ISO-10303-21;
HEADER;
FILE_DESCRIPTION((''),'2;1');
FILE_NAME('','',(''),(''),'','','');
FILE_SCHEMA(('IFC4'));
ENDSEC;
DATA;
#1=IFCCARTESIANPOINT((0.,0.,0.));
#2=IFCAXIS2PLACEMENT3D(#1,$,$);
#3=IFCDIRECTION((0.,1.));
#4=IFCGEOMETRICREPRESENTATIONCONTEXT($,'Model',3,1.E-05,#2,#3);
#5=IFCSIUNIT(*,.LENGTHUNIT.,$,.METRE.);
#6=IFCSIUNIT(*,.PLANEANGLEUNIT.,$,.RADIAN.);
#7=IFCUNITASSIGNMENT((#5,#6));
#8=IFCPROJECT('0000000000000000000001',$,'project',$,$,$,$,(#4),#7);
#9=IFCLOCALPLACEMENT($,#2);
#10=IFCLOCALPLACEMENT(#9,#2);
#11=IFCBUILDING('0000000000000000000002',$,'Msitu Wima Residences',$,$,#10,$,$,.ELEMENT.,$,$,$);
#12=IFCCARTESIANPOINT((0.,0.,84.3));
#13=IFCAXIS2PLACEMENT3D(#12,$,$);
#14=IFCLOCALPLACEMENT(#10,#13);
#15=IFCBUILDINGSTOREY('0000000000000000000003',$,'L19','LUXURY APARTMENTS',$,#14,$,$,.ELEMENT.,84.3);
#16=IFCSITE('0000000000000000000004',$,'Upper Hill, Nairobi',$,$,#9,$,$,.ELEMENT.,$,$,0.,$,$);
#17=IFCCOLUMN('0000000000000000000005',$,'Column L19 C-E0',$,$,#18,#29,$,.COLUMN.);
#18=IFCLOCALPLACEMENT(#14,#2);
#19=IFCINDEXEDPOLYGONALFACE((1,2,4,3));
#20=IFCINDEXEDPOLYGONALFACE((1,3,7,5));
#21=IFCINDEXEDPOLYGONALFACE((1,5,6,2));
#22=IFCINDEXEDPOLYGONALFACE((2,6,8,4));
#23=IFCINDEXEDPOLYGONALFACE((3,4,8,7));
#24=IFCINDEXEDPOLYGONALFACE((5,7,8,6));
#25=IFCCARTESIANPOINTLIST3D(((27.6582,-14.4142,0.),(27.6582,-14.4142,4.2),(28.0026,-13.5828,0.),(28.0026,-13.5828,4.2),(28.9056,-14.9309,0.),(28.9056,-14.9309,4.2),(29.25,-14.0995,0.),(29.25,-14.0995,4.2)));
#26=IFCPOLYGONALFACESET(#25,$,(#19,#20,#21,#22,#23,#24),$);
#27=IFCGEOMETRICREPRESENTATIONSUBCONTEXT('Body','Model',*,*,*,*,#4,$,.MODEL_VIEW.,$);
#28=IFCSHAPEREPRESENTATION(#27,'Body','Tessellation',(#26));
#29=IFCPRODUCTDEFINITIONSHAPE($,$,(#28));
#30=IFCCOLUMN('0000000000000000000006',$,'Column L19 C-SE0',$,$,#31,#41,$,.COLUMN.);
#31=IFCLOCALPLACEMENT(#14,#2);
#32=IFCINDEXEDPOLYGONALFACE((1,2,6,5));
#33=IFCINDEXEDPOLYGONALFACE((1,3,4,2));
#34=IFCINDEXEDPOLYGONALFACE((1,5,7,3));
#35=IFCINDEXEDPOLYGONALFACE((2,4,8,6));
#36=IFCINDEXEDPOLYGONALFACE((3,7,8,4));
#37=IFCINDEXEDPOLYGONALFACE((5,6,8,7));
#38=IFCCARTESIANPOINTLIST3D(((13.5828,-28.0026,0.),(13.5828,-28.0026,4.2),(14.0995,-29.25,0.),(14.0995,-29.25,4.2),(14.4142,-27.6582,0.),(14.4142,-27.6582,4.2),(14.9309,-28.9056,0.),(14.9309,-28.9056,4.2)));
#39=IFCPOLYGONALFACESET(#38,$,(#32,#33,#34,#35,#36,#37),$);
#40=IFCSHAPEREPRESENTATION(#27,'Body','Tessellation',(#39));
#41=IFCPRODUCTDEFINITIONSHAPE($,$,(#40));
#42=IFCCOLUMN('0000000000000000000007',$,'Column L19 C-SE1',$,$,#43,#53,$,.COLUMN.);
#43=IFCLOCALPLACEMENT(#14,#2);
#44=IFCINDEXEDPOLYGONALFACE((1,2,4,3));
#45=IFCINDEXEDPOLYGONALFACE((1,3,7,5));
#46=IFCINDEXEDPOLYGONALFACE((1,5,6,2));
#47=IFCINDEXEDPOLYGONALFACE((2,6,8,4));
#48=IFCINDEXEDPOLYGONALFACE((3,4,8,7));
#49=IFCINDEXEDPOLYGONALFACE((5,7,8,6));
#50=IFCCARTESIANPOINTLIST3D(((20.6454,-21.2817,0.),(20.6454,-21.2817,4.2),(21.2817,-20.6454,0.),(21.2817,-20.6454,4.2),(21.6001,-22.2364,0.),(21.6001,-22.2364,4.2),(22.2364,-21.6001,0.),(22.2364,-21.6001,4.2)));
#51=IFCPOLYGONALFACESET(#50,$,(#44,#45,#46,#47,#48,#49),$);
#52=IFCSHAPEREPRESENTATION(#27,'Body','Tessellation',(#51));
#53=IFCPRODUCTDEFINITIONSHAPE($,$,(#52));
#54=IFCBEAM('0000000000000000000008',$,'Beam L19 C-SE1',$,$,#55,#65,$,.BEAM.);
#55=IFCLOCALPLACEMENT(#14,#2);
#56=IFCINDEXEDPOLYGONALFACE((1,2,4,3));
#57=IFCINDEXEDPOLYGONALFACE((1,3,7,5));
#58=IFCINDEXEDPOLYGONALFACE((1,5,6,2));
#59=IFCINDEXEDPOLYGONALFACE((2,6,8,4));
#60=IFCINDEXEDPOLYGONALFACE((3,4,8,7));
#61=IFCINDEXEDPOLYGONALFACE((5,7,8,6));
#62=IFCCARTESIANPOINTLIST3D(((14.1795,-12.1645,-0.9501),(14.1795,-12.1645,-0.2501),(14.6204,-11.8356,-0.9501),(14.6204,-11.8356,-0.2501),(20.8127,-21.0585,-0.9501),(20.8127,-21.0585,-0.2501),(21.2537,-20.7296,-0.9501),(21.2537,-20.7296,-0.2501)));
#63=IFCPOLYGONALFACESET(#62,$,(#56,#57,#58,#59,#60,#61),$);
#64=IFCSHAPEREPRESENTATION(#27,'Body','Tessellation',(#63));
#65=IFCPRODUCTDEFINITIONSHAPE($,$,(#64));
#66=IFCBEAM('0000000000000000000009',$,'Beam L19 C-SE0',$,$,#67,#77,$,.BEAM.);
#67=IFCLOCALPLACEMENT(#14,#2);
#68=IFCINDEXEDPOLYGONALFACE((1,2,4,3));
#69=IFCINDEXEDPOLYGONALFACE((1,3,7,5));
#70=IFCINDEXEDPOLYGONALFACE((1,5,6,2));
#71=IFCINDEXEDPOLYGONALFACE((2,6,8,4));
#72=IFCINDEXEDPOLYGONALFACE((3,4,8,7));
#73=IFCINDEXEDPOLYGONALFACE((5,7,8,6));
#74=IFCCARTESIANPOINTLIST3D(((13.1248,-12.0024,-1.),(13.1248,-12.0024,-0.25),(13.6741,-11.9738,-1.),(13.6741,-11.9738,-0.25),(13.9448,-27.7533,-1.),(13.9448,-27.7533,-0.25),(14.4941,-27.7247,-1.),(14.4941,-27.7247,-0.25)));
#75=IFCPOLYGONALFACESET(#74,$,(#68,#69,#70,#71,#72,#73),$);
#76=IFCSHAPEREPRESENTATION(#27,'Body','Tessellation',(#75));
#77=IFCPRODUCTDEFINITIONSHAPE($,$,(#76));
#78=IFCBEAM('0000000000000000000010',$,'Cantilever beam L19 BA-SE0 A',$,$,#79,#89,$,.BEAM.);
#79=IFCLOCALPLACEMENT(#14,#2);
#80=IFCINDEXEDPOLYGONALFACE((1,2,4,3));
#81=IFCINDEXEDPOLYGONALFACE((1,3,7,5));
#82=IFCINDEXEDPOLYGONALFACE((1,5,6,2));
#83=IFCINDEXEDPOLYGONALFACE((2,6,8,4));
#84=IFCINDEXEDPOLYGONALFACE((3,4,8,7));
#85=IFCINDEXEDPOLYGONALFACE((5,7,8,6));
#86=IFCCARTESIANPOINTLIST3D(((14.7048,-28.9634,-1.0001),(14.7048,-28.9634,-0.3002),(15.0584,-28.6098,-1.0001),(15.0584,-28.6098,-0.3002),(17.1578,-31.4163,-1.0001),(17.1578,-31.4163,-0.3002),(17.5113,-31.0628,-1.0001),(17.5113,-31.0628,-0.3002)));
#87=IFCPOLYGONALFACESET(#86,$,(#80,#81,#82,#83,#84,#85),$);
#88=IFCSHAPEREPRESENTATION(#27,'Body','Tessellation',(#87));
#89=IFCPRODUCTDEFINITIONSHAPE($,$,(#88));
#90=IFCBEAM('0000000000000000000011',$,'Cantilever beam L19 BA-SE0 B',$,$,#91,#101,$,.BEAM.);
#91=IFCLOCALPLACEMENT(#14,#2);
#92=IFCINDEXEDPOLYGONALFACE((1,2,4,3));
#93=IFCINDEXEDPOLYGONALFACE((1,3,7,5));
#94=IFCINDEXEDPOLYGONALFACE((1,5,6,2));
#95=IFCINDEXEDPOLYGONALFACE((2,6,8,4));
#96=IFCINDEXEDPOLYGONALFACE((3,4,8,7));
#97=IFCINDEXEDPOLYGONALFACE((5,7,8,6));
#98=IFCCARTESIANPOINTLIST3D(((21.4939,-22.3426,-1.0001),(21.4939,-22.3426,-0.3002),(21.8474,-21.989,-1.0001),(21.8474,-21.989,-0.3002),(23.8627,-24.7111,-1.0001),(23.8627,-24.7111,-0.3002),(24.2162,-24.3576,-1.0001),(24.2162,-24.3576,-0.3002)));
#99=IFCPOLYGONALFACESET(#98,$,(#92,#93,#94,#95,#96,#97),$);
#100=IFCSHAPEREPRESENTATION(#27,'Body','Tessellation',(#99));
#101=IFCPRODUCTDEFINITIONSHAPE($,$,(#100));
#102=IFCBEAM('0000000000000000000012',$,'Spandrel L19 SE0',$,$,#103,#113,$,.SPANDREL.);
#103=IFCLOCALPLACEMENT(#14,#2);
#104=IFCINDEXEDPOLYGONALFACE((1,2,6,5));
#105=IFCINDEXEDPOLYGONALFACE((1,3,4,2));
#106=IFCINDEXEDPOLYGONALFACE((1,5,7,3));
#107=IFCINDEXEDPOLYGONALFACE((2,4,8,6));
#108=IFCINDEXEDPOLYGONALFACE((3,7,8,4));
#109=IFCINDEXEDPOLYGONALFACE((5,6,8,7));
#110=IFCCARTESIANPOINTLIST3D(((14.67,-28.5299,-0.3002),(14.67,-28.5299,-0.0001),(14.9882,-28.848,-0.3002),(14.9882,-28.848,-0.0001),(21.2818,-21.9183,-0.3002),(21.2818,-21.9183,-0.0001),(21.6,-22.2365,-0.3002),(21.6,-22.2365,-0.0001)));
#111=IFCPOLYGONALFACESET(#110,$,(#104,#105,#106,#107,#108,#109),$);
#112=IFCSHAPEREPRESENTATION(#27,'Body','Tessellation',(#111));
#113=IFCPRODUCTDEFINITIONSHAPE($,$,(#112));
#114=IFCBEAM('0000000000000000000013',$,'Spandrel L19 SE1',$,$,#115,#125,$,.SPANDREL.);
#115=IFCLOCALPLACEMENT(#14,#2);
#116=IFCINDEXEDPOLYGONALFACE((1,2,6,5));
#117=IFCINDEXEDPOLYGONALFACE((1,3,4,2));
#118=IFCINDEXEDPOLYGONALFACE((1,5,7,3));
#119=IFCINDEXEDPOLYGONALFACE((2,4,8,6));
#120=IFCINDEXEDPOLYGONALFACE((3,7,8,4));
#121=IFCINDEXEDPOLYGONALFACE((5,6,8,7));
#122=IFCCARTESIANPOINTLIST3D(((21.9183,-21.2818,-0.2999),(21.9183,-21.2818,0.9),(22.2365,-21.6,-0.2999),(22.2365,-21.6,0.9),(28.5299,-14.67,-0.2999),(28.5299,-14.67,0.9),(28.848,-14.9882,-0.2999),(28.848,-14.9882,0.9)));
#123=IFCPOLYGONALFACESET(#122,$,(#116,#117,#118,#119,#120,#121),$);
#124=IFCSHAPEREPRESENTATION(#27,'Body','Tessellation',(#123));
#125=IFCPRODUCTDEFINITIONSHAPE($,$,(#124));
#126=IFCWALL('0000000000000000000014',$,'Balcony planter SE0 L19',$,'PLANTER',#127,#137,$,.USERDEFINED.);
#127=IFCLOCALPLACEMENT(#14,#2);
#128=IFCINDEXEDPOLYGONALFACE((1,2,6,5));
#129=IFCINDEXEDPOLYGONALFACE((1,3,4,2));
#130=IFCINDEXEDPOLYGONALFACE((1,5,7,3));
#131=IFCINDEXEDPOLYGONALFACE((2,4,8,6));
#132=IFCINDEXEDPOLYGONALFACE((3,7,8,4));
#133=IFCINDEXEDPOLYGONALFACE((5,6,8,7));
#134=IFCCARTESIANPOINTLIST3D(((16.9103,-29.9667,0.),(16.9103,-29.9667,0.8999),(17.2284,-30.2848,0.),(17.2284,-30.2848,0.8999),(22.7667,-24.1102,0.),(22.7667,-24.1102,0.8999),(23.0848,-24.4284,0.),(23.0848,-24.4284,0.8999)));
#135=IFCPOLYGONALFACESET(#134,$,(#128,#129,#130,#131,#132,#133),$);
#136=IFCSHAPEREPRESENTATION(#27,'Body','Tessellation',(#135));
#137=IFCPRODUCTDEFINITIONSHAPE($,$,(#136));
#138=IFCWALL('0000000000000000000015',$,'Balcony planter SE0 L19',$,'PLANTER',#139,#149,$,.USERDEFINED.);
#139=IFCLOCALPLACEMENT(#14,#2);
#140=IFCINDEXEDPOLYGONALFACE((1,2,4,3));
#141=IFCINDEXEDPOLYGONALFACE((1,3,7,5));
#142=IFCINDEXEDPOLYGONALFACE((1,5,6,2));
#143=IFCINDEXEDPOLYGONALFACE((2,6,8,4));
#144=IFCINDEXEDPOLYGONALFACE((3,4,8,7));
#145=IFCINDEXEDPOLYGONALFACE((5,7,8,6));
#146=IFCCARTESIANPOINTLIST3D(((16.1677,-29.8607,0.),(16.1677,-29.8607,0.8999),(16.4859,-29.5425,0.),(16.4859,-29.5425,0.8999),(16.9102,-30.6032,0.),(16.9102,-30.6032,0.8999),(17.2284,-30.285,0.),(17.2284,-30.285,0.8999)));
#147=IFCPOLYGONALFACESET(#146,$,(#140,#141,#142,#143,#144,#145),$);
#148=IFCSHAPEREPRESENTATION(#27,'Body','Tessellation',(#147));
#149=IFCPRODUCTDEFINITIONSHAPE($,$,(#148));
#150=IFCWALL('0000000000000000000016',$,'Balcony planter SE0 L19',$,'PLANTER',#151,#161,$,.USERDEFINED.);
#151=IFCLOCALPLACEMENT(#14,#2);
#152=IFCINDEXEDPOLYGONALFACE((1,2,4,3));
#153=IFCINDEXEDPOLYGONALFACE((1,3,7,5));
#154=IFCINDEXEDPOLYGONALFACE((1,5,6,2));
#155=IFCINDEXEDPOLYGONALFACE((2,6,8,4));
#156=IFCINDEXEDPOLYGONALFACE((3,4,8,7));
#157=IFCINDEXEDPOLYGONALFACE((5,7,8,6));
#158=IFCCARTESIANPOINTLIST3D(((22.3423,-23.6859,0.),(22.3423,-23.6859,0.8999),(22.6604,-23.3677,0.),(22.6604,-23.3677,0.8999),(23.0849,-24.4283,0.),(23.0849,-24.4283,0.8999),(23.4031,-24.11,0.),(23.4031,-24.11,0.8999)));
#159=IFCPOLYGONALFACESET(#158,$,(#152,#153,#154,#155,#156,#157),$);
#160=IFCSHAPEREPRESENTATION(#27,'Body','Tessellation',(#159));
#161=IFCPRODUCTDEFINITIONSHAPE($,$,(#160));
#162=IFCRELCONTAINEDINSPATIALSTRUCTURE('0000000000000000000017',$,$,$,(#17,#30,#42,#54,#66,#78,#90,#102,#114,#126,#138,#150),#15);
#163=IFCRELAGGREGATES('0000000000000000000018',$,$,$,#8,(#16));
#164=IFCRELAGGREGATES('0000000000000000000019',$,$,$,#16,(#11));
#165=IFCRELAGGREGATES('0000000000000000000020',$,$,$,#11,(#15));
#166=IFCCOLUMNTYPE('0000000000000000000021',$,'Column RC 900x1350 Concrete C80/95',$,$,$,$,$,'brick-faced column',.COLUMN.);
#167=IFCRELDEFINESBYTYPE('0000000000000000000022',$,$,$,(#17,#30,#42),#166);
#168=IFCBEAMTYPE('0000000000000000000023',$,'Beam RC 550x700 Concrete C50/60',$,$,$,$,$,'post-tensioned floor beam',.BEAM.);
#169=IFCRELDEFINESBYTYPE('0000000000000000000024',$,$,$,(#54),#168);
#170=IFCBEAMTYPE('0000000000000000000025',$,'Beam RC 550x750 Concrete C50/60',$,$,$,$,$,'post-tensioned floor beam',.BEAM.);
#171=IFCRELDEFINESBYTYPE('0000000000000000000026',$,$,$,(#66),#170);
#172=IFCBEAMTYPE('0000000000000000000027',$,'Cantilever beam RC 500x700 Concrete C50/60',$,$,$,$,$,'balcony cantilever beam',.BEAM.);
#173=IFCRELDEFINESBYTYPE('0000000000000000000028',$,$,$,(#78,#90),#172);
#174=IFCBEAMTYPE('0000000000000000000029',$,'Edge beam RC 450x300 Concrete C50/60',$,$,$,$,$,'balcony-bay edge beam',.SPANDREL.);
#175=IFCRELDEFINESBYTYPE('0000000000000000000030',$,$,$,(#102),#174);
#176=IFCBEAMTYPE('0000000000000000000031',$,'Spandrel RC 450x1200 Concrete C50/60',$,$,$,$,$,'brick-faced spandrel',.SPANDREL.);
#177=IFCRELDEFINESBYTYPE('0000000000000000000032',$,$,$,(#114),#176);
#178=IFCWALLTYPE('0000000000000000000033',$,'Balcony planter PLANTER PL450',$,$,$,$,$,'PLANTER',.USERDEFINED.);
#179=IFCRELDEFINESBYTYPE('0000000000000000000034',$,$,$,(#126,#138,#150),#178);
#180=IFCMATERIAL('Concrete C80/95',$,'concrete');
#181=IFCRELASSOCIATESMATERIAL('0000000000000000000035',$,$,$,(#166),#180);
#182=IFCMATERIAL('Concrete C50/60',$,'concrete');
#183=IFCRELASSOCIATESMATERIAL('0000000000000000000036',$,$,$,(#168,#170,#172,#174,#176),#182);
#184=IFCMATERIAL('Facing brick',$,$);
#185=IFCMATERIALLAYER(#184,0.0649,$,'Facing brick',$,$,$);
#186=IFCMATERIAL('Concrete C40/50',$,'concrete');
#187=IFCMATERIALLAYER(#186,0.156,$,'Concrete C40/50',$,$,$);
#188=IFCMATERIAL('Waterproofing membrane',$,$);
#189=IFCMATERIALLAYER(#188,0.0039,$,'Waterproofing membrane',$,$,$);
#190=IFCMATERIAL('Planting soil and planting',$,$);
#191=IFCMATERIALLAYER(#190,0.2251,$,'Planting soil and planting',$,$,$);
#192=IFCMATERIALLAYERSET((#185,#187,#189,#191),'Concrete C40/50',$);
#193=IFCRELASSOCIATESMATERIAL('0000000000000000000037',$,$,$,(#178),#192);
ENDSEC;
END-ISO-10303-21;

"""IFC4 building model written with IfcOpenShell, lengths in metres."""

from ifc_helpers import new_model, si_unit, direction, frame, frame_2d, origin, origin_2d, place, context, subcontext, project, spatial, rectangle, extrude, material, layer, layer_set, material_profile, profile_set, type_object, element, save


model = new_model("IFC4")

# Units and contexts
model_context = context("Model", 3, precision=1e-05, world=origin(), true_north=direction((0.0, 1.0)))
body_context = subcontext(model_context, "Body", "Model", "MODEL_VIEW")
ifc_project = project(units=[si_unit("LENGTHUNIT", "METRE"), si_unit("PLANEANGLEUNIT", "RADIAN")], contexts=[model_context])

# Site, building, storey
site_placement = place(None, origin())
site = spatial("IfcSite", under=ifc_project, at=site_placement, Name="Upper Hill, Nairobi", CompositionType="ELEMENT", RefElevation=0.0)
building_placement = place(site_placement, origin())
building = spatial("IfcBuilding", under=site, at=building_placement, Name="Msitu Wima Residences", CompositionType="ELEMENT")
storey_placement = place(building_placement, frame((0.0, 0.0, 84.3)))
storey = spatial("IfcBuildingStorey", under=building, at=storey_placement, Name="L19", Description="LUXURY APARTMENTS", CompositionType="ELEMENT", Elevation=84.3)

# Columns
ifc_material_1 = material(Name="Concrete C80/95", Category="concrete")
ifc_material_profile_1 = material_profile(ifc_material_1, rectangle(XDim=0.8999, YDim=1.3501, at=origin_2d()), Name="RC 900x1350")
ifc_profile_set_1 = profile_set([ifc_material_profile_1], Name="Concrete C80/95")
column_type = type_object("IfcColumnType", Name="Column RC 900x1350 Concrete C80/95", ElementType="brick-faced column", PredefinedType="COLUMN", material=ifc_profile_set_1)
for number, where, z_axis, x_axis, name in (
    (1, (28.4541, -14.2568, 0.0), (0.0, 0.0, 1.0), (0.382683, 0.92388, 0.0), "Column L19 C-E0"),
    (2, (14.2568, -28.4541, 0.0), (0.0, 0.0, 1.0), (0.92388, 0.382683, 0.0), "Column L19 C-SE0"),
    (3, (21.4409, -21.4409, 0.0), (0.0, 0.0, 1.0), (0.707107, 0.707107, 0.0), "Column L19 C-SE1"),
):
    element("IfcColumn", number, at=place(storey_placement, frame(where, z_axis=z_axis, x_axis=x_axis)), inside=storey, type_object=column_type, Name=name, PredefinedType="COLUMN", context=body_context, shape_type="SweptSolid", body=[
        extrude(rectangle(XDim=0.8999, YDim=1.3501, at=origin_2d()), origin(), (0.0, 0.0, 1.0), 4.2),
    ])

# Beams
ifc_material_2 = material(Name="Concrete C50/60", Category="concrete")
ifc_material_profile_2 = material_profile(ifc_material_2, rectangle(XDim=0.55, YDim=0.7, at=origin_2d()), Name="RC 550x700")
ifc_profile_set_2 = profile_set([ifc_material_profile_2], Name="Concrete C50/60")
beam_type_1 = type_object("IfcBeamType", Name="Beam RC 550x700 Concrete C50/60", ElementType="post-tensioned floor beam", PredefinedType="BEAM", material=ifc_profile_set_2)
beam_1_placement = place(storey_placement, frame((21.0332, -20.894, -0.6001), z_axis=(-0.59785, 0.801608, 0.0), x_axis=(-0.801608, -0.59785, 0.0)))
element("IfcBeam", 4, at=beam_1_placement, inside=storey, type_object=beam_type_1, Name="Beam L19 C-SE1", PredefinedType="BEAM", context=body_context, shape_type="SweptSolid", body=[
    extrude(rectangle(XDim=0.55, YDim=0.7, at=origin_2d()), origin(), (0.0, 0.0, 1.0), 11.0952),
])
ifc_material_profile_3 = material_profile(ifc_material_2, rectangle(XDim=0.55, YDim=0.75, at=origin_2d()), Name="RC 550x750")
ifc_profile_set_3 = profile_set([ifc_material_profile_3], Name="Concrete C50/60")
beam_type_2 = type_object("IfcBeamType", Name="Beam RC 550x750 Concrete C50/60", ElementType="post-tensioned floor beam", PredefinedType="BEAM", material=ifc_profile_set_3)
beam_2_placement = place(storey_placement, frame((14.2195, -27.739, -0.625), z_axis=(-0.051994, 0.998647, 0.0), x_axis=(-0.998647, -0.051994, 0.0)))
element("IfcBeam", 5, at=beam_2_placement, inside=storey, type_object=beam_type_2, Name="Beam L19 C-SE0", PredefinedType="BEAM", context=body_context, shape_type="SweptSolid", body=[
    extrude(rectangle(XDim=0.55, YDim=0.75, at=origin_2d()), origin(), (0.0, 0.0, 1.0), 15.7722),
])
ifc_material_profile_4 = material_profile(ifc_material_2, rectangle(XDim=0.5, YDim=0.7, at=origin_2d()), Name="RC 500x700")
ifc_profile_set_4 = profile_set([ifc_material_profile_4], Name="Concrete C50/60")
beam_type_3 = type_object("IfcBeamType", Name="Cantilever beam RC 500x700 Concrete C50/60", ElementType="balcony cantilever beam", PredefinedType="BEAM", material=ifc_profile_set_4)
beam_3_placement = place(storey_placement, frame((14.8816, -28.7866, -0.6501), z_axis=(0.707107, -0.707107, 0.0), x_axis=(0.707107, 0.707107, 0.0)))
element("IfcBeam", 6, at=beam_3_placement, inside=storey, type_object=beam_type_3, Name="Cantilever beam L19 BA-SE0 A", PredefinedType="BEAM", context=body_context, shape_type="SweptSolid", body=[
    extrude(rectangle(XDim=0.5, YDim=0.7, at=origin_2d()), origin(), (0.0, 0.0, 1.0), 3.469),
])
beam_4_placement = place(storey_placement, frame((21.6707, -22.1658, -0.6501), z_axis=(0.707143, -0.70707, 0.0), x_axis=(0.70707, 0.707143, 0.0)))
element("IfcBeam", 7, at=beam_4_placement, inside=storey, type_object=beam_type_3, Name="Cantilever beam L19 BA-SE0 B", PredefinedType="BEAM", context=body_context, shape_type="SweptSolid", body=[
    extrude(rectangle(XDim=0.5, YDim=0.7, at=origin_2d()), origin(), (0.0, 0.0, 1.0), 3.3499),
])
ifc_material_profile_5 = material_profile(ifc_material_2, rectangle(XDim=0.45, YDim=0.3, at=origin_2d()), Name="RC 450x300")
ifc_profile_set_5 = profile_set([ifc_material_profile_5], Name="Concrete C50/60")
beam_type_4 = type_object("IfcBeamType", Name="Edge beam RC 450x300 Concrete C50/60", ElementType="balcony-bay edge beam", PredefinedType="SPANDREL", material=ifc_profile_set_5)
beam_5_placement = place(storey_placement, frame((14.8291, -28.689, -0.1501), z_axis=(0.70712, 0.707094, 0.0), x_axis=(-0.707094, 0.70712, 0.0)))
element("IfcBeam", 8, at=beam_5_placement, inside=storey, type_object=beam_type_4, Name="Spandrel L19 SE0", PredefinedType="SPANDREL", context=body_context, shape_type="SweptSolid", body=[
    extrude(rectangle(XDim=0.45, YDim=0.3, at=origin_2d()), origin(), (0.0, 0.0, 1.0), 9.3503),
])
ifc_material_profile_6 = material_profile(ifc_material_2, rectangle(XDim=0.45, YDim=1.2, at=origin_2d()), Name="RC 450x1200")
ifc_profile_set_6 = profile_set([ifc_material_profile_6], Name="Concrete C50/60")
beam_type_5 = type_object("IfcBeamType", Name="Spandrel RC 450x1200 Concrete C50/60", ElementType="brick-faced spandrel", PredefinedType="SPANDREL", material=ifc_profile_set_6)
beam_6_placement = place(storey_placement, frame((22.0774, -21.4409, 0.3), z_axis=(0.707094, 0.70712, 0.0), x_axis=(-0.70712, 0.707094, 0.0)))
element("IfcBeam", 9, at=beam_6_placement, inside=storey, type_object=beam_type_5, Name="Spandrel L19 SE1", PredefinedType="SPANDREL", context=body_context, shape_type="SweptSolid", body=[
    extrude(rectangle(XDim=0.45, YDim=1.2, at=origin_2d()), origin(), (0.0, 0.0, 1.0), 9.3503),
])

# Walls
ifc_material_3 = material(Name="Facing brick")
ifc_layer_1 = layer(ifc_material_3, 0.0649, Name="Facing brick")
ifc_material_4 = material(Name="Concrete C40/50", Category="concrete")
ifc_layer_2 = layer(ifc_material_4, 0.156, Name="Concrete C40/50")
ifc_material_5 = material(Name="Waterproofing membrane")
ifc_layer_3 = layer(ifc_material_5, 0.0039, Name="Waterproofing membrane")
ifc_material_6 = material(Name="Planting soil and planting")
ifc_layer_4 = layer(ifc_material_6, 0.2251, Name="Planting soil and planting")
ifc_layer_set_1 = layer_set([ifc_layer_1, ifc_layer_2, ifc_layer_3, ifc_layer_4], Name="Concrete C40/50")
wall_type_1 = type_object("IfcWallType", Name="Balcony planter PLANTER PL450", ElementType="PLANTER", PredefinedType="USERDEFINED", material=ifc_layer_set_1)
wall_1_placement = place(storey_placement, frame((17.0693, -30.1257, 0.0), z_axis=(0.0, 0.0, 1.0), x_axis=(0.707107, 0.707107, 0.0)))
element("IfcWall", 10, at=wall_1_placement, inside=storey, type_object=wall_type_1, Name="Balcony planter SE0 L19", ObjectType="PLANTER", PredefinedType="USERDEFINED", context=body_context, shape_type="SweptSolid", body=[
    extrude(rectangle(XDim=8.2822, YDim=0.45, at=frame_2d((4.1411, 0.0))), origin(), (0.0, 0.0, 1.0), 0.8999),
])
for number, where, z_axis, x_axis, name in (
    (11, (16.3269, -29.7017, 0.0), (0.0, 0.0, 1.0), (0.707107, -0.707107, 0.0), "Balcony planter SE0 L19"),
    (12, (22.5015, -23.5269, 0.0), (0.0, 0.0, 1.0), (0.707223, -0.706991, 0.0), "Balcony planter SE0 L19"),
):
    element("IfcWall", number, at=place(storey_placement, frame(where, z_axis=z_axis, x_axis=x_axis)), inside=storey, type_object=wall_type_1, Name=name, ObjectType="PLANTER", PredefinedType="USERDEFINED", context=body_context, shape_type="SweptSolid", body=[
        extrude(rectangle(XDim=1.05, YDim=0.45, at=frame_2d((0.5249, 0.0))), origin(), (0.0, 0.0, 1.0), 0.8999),
    ])

save(model, "model.ifc")
